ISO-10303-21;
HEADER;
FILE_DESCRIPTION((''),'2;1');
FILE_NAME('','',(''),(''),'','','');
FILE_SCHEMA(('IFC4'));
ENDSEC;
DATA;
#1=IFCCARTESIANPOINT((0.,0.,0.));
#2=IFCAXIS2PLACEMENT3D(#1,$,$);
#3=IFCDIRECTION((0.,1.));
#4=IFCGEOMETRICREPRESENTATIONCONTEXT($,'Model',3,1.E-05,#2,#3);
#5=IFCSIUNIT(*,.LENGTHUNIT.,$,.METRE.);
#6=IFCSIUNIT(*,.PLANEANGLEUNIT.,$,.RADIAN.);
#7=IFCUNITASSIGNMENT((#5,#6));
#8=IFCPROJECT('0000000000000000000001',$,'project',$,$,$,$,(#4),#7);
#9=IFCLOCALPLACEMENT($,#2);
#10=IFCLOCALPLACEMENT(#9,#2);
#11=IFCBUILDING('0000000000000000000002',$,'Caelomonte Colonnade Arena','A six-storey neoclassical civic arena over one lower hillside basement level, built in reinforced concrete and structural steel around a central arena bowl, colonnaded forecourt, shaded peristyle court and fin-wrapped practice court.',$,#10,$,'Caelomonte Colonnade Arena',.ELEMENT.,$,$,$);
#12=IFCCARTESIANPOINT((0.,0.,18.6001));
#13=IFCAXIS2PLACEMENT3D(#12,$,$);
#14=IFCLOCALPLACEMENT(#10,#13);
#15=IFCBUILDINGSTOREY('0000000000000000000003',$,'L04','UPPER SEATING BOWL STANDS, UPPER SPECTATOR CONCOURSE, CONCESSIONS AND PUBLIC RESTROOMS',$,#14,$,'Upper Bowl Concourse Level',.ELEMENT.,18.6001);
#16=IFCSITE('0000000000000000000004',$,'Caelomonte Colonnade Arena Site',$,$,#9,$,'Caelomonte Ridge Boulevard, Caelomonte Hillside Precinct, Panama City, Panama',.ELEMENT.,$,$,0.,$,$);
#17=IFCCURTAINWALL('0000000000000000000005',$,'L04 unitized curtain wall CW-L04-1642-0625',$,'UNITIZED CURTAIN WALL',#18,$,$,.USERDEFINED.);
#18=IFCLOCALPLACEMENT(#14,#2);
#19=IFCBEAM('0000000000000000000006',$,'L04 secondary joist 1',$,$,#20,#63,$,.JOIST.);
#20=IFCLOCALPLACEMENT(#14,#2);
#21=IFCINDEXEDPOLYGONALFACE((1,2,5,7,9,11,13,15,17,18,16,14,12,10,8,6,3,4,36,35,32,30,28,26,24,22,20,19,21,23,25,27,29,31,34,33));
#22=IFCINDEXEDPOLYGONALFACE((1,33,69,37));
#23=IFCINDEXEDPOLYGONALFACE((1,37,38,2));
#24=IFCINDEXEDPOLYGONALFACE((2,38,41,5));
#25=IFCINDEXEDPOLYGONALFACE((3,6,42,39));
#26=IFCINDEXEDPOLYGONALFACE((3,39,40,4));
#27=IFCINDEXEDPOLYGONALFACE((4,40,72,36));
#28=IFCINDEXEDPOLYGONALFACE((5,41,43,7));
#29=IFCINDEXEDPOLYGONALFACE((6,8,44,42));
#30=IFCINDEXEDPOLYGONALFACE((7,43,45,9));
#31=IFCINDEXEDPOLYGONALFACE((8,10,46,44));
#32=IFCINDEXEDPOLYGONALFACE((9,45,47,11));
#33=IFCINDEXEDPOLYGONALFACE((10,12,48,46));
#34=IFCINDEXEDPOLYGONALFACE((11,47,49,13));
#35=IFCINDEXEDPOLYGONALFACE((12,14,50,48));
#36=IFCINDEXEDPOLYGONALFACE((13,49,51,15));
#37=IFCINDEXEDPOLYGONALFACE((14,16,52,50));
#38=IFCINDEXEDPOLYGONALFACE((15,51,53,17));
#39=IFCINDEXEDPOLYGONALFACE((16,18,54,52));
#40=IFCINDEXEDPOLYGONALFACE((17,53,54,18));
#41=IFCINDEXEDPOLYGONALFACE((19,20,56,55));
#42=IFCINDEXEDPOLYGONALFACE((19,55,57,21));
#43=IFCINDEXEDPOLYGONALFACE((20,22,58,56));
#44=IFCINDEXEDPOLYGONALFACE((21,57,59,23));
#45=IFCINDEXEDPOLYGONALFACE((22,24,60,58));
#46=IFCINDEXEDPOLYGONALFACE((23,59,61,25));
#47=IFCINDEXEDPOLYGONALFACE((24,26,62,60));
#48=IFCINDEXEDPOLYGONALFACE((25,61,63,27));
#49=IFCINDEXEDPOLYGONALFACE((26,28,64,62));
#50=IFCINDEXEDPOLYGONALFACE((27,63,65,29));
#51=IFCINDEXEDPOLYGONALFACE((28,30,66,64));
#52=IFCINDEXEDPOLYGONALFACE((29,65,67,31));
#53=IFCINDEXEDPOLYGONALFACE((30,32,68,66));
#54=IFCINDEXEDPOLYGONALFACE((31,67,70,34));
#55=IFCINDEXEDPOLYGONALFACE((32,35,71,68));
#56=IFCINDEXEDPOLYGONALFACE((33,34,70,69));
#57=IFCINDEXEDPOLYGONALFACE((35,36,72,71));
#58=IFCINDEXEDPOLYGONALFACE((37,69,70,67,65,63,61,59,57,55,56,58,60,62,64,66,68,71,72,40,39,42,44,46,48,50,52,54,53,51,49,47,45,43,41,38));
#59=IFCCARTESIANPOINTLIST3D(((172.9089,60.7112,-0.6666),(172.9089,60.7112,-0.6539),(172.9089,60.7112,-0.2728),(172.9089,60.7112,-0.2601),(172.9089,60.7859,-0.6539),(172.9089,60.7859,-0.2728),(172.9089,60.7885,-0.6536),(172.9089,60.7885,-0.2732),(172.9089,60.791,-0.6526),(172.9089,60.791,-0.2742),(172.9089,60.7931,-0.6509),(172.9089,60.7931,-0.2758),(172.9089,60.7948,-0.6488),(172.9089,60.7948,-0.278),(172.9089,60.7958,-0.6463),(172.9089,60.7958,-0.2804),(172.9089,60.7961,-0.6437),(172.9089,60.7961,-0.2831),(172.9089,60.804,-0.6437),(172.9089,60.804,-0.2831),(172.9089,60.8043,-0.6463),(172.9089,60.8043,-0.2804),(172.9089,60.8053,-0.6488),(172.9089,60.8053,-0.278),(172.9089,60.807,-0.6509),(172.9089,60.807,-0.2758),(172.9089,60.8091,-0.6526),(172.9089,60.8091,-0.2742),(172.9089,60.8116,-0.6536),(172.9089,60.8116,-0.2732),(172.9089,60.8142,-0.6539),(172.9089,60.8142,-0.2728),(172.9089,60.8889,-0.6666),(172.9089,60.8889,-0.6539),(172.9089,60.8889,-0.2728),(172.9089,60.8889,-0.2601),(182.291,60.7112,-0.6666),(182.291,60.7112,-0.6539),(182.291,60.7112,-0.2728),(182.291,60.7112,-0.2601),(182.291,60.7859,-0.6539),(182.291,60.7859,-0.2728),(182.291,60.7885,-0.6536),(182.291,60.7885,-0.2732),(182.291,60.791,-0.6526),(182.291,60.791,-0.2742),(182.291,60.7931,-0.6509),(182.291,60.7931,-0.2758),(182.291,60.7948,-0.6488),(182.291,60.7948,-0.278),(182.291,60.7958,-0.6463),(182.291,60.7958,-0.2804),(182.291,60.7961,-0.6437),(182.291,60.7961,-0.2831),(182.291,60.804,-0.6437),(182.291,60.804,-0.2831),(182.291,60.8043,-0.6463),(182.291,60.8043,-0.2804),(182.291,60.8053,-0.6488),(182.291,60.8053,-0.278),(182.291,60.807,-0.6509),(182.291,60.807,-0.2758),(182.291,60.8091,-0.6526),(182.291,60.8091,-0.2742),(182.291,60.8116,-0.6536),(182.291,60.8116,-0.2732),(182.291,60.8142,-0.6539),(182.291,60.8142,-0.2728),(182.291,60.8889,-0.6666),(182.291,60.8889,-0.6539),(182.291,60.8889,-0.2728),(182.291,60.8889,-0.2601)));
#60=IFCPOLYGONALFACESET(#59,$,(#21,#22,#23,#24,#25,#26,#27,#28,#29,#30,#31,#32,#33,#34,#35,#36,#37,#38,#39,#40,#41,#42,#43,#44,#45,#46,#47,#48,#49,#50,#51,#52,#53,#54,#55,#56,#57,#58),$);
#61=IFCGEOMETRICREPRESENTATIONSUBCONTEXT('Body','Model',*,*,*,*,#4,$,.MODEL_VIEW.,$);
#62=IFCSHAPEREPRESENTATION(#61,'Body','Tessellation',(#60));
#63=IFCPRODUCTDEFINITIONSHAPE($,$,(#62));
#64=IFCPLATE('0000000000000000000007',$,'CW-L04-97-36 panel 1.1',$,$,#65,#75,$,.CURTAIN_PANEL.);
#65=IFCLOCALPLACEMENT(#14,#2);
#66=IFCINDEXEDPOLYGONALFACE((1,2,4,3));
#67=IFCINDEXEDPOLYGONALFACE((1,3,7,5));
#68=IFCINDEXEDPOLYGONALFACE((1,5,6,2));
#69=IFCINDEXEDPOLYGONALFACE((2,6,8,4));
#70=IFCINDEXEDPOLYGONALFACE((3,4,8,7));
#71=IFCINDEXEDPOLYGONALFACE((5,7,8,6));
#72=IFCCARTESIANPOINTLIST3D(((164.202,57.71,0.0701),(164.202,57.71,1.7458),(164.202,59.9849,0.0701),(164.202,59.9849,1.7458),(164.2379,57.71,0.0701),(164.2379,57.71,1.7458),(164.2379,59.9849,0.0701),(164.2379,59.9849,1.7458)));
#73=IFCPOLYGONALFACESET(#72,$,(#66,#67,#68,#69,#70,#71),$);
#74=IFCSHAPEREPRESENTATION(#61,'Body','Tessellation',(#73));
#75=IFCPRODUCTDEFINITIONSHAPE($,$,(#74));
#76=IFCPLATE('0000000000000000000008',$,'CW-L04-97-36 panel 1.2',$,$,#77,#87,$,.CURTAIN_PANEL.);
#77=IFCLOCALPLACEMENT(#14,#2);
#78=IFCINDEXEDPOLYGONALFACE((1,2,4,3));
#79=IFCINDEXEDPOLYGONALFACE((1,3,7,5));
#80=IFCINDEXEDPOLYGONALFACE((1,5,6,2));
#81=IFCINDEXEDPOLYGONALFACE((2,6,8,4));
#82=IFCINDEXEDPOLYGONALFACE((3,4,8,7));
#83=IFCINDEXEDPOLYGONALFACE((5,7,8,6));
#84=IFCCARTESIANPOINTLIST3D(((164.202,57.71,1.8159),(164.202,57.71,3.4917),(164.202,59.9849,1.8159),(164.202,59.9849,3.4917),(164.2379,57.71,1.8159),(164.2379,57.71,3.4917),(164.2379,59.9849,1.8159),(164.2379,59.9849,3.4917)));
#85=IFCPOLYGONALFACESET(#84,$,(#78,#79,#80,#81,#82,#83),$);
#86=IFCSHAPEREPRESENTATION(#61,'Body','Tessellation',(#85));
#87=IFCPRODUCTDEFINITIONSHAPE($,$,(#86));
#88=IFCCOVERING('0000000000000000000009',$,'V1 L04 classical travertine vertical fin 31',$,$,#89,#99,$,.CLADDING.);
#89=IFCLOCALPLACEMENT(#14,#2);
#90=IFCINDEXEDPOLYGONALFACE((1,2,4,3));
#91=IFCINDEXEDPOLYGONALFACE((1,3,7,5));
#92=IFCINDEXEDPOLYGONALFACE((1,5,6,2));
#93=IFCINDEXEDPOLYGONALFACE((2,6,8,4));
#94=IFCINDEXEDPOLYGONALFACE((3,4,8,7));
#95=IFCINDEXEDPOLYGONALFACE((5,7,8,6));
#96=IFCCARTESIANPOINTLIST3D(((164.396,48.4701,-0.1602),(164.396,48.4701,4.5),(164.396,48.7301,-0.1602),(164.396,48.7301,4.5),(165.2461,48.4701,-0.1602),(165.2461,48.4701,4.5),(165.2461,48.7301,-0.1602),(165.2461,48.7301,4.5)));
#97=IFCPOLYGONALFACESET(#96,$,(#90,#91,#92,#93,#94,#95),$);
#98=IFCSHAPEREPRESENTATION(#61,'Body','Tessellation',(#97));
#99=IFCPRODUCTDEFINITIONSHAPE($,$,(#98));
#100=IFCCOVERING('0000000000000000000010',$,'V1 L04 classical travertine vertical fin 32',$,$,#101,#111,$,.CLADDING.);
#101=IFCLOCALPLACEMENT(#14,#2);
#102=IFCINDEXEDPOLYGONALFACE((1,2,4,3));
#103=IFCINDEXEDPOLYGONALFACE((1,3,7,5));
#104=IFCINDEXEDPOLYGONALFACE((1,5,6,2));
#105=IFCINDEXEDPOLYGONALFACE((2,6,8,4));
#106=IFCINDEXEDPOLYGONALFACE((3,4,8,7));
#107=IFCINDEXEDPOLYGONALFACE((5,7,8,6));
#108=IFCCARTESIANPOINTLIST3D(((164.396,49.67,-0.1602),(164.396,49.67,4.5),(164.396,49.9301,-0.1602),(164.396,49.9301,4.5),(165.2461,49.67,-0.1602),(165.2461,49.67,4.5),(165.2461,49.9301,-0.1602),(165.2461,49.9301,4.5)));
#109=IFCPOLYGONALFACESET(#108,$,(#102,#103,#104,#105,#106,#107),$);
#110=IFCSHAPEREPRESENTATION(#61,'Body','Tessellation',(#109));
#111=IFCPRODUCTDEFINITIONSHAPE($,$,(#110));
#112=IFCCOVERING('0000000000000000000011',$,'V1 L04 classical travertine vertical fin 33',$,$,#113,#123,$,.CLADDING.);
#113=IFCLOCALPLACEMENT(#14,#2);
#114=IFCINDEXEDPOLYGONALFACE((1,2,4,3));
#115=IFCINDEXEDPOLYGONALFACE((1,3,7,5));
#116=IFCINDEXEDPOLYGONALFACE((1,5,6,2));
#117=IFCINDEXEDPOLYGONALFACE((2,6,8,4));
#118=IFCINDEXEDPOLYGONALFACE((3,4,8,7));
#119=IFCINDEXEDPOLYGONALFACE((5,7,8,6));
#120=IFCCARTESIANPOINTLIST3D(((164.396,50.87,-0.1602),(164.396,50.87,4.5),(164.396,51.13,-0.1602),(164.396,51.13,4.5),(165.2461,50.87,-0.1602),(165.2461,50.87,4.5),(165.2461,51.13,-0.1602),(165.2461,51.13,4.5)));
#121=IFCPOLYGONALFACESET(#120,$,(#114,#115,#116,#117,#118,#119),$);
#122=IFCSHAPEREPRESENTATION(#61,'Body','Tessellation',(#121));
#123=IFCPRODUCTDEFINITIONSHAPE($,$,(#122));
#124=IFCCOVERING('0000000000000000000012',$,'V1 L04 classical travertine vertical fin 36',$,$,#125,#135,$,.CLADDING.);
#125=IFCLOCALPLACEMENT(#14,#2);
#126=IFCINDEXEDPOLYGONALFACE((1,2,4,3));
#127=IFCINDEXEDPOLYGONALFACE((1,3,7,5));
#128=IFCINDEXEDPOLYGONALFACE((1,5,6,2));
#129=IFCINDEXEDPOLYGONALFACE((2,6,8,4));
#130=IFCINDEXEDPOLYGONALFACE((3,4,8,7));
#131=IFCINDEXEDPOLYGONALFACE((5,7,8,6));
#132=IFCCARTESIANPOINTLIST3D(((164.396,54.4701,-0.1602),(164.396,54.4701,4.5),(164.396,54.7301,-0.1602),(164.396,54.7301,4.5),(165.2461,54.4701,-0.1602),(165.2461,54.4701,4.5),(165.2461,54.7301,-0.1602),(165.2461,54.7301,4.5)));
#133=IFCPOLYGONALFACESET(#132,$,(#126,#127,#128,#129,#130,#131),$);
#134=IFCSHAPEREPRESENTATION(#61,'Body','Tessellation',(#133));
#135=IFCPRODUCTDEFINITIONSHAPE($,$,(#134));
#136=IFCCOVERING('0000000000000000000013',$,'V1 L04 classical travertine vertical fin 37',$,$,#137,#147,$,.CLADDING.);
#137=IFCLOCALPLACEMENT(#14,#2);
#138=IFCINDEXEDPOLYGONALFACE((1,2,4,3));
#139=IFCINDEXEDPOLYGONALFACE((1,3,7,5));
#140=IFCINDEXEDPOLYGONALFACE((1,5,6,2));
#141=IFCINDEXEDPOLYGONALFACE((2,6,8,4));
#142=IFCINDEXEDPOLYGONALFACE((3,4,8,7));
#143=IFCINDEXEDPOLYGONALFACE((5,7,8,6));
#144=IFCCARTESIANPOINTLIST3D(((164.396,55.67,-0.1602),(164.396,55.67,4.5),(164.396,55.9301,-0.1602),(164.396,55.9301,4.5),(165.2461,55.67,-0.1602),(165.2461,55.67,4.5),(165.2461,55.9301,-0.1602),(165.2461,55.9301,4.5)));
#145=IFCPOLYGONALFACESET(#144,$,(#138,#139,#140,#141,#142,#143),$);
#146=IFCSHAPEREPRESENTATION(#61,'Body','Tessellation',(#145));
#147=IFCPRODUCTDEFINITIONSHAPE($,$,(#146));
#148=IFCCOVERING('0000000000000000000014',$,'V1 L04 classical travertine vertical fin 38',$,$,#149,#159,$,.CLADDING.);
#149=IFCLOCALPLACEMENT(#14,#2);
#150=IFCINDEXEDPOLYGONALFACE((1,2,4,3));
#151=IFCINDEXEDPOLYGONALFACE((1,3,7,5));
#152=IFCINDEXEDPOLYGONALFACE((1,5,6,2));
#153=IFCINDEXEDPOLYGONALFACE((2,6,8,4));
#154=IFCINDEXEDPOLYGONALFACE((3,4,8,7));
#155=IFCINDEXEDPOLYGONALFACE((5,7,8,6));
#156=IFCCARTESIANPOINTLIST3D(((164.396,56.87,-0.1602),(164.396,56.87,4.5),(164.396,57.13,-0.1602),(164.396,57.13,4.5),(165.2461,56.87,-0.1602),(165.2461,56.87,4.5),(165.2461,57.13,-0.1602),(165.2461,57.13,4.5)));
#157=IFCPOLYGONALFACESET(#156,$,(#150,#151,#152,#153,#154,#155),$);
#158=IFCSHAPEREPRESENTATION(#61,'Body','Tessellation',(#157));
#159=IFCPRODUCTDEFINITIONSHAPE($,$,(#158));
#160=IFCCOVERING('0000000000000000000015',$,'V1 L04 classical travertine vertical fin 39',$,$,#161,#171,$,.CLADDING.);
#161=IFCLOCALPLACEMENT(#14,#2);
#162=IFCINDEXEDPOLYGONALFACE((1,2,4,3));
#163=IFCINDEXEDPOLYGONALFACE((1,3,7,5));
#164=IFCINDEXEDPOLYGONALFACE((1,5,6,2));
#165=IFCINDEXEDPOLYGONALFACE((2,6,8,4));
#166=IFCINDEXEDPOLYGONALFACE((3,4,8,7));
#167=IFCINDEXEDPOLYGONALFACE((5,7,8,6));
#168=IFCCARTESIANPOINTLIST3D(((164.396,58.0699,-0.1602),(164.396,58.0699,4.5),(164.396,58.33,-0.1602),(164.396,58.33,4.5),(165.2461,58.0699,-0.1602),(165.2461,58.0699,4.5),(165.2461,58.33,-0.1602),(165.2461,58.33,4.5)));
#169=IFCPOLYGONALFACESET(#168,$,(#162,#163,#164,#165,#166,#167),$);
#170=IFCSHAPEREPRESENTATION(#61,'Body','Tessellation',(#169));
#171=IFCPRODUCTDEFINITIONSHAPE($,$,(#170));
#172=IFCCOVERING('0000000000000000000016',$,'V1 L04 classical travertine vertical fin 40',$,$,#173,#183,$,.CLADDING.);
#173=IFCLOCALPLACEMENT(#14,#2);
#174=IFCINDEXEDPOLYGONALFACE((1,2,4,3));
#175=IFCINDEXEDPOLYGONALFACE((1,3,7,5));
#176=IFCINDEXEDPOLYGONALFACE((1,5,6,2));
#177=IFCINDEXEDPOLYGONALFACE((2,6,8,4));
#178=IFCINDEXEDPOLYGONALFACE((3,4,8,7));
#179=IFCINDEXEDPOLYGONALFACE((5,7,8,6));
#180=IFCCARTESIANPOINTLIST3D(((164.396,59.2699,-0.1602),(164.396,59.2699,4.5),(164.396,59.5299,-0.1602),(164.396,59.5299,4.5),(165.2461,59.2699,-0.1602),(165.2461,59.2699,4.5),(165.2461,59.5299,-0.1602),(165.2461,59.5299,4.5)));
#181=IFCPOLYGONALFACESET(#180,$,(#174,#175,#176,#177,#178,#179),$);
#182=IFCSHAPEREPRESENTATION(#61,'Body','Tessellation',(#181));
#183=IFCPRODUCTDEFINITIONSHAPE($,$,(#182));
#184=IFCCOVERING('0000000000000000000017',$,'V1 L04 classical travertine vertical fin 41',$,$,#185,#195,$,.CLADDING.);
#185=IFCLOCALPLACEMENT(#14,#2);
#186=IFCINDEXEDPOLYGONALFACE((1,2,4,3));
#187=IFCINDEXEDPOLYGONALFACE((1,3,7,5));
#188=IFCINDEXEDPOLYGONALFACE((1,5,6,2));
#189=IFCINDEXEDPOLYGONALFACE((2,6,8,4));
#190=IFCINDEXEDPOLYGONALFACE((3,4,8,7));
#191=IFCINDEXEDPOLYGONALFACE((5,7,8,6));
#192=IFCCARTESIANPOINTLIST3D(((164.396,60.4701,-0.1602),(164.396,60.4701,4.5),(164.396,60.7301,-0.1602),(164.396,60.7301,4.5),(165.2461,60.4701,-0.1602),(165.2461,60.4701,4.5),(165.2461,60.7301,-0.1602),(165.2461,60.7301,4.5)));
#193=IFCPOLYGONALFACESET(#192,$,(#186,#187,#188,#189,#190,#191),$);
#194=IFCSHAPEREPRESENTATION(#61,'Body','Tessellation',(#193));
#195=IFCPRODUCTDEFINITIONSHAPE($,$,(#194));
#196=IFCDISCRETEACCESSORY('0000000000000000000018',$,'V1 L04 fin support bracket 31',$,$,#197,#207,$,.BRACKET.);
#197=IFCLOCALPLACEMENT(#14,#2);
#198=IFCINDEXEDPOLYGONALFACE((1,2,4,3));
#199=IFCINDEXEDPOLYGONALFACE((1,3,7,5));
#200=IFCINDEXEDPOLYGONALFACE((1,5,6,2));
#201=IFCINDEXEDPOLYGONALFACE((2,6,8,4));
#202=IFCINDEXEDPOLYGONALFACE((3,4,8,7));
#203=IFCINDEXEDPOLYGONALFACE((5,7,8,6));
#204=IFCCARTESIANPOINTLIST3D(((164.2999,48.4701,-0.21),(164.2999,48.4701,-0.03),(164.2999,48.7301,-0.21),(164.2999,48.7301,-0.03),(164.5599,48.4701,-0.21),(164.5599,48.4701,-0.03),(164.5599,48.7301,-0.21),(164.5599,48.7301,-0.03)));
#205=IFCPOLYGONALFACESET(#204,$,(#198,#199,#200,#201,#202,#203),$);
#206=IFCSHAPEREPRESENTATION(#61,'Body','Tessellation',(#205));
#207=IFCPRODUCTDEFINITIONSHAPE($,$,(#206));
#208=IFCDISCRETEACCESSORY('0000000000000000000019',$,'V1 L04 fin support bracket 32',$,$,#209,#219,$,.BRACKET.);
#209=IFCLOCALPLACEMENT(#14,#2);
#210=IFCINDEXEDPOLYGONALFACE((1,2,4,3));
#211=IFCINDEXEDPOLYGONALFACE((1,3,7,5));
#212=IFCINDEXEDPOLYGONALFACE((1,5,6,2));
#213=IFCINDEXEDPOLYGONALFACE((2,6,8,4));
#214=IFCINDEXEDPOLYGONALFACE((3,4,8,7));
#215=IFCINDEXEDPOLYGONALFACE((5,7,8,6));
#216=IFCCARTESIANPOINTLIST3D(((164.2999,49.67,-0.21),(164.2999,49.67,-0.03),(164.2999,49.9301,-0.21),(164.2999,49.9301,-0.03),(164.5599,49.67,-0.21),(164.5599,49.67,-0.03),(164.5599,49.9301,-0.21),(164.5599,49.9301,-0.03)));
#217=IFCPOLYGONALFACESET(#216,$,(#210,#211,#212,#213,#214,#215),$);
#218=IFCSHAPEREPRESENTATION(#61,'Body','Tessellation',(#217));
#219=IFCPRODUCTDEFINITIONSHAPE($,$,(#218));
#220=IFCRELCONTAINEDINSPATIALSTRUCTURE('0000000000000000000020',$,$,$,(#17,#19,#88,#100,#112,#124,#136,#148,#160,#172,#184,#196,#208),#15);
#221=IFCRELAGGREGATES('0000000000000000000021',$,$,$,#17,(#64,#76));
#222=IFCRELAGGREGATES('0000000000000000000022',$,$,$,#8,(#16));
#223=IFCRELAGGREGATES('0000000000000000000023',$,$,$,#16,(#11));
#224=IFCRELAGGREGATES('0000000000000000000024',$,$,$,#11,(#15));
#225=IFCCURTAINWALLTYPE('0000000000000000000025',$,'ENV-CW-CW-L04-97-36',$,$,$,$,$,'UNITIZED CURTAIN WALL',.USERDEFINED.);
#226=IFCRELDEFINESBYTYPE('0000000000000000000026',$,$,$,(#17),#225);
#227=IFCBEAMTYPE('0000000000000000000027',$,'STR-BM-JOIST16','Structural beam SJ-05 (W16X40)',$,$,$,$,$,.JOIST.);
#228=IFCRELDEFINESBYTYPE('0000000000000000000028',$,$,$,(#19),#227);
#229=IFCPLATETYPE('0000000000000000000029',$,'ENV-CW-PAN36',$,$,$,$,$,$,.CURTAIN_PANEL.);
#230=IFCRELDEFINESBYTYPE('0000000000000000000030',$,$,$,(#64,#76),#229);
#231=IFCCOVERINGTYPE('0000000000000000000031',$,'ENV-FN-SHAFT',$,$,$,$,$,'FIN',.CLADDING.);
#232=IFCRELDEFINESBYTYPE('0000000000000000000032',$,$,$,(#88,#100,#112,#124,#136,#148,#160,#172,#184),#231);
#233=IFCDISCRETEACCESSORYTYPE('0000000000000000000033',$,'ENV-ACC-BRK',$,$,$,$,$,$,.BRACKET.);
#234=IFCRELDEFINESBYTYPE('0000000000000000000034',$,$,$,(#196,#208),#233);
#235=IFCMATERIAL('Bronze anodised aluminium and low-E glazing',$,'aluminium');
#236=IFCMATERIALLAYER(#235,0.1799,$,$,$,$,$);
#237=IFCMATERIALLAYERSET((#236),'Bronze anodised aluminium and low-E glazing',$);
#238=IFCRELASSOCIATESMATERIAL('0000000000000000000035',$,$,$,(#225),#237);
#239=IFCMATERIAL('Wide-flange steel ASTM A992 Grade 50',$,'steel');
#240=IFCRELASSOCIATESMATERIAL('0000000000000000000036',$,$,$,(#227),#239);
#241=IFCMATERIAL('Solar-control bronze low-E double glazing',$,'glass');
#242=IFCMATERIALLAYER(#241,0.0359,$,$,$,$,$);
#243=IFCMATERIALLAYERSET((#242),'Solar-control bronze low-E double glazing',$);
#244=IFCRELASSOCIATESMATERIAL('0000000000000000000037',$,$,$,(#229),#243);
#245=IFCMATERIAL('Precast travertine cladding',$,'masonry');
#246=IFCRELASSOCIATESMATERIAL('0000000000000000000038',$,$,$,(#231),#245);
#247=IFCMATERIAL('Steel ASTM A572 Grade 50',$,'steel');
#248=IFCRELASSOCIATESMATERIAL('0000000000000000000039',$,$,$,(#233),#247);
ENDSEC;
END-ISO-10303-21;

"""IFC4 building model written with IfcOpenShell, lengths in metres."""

from ifc_helpers import new_model, si_unit, direction, frame, origin, origin_2d, place, context, subcontext, project, spatial, rectangle, i_section, extrude, material, layer, layer_set, material_profile, profile_set, type_object, element, aggregate, save


model = new_model("IFC4")

# Units and contexts
model_context = context("Model", 3, precision=1e-05, world=origin(), true_north=direction((0.0, 1.0)))
body_context = subcontext(model_context, "Body", "Model", "MODEL_VIEW")
ifc_project = project(units=[si_unit("LENGTHUNIT", "METRE"), si_unit("PLANEANGLEUNIT", "RADIAN")], contexts=[model_context])

# Site, building, storey
site_placement = place(None, origin())
site = spatial("IfcSite", under=ifc_project, at=site_placement, Name="Caelomonte Colonnade Arena Site", LongName="Caelomonte Ridge Boulevard, Caelomonte Hillside Precinct, Panama City, Panama", CompositionType="ELEMENT", RefElevation=0.0)
building_placement = place(site_placement, origin())
building = spatial("IfcBuilding", under=site, at=building_placement, Name="Caelomonte Colonnade Arena", Description="A six-storey neoclassical civic arena over one lower hillside basement level, built in reinforced concrete and structural steel around a central arena bowl, colonnaded forecourt, shaded peristyle court and fin-wrapped practice court.", LongName="Caelomonte Colonnade Arena", CompositionType="ELEMENT")
storey_placement = place(building_placement, frame((0.0, 0.0, 18.6001)))
storey = spatial("IfcBuildingStorey", under=building, at=storey_placement, Name="L04", Description="UPPER SEATING BOWL STANDS, UPPER SPECTATOR CONCOURSE, CONCESSIONS AND PUBLIC RESTROOMS", LongName="Upper Bowl Concourse Level", CompositionType="ELEMENT", Elevation=18.6001)

# Curtain wall
ifc_material_1 = material(Name="Bronze anodised aluminium and low-E glazing", Category="aluminium")
ifc_layer_1 = layer(ifc_material_1, 0.1799)
ifc_layer_set_1 = layer_set([ifc_layer_1], Name="Bronze anodised aluminium and low-E glazing")
curtain_wall_type = type_object("IfcCurtainWallType", Name="ENV-CW-CW-L04-97-36", ElementType="UNITIZED CURTAIN WALL", PredefinedType="USERDEFINED", material=ifc_layer_set_1)
curtain_wall_placement = place(storey_placement, origin())
curtain_wall = element("IfcCurtainWall", 1, at=curtain_wall_placement, inside=storey, type_object=curtain_wall_type, Name="L04 unitized curtain wall CW-L04-1642-0625", ObjectType="UNITIZED CURTAIN WALL", PredefinedType="USERDEFINED")

# Beam
ifc_material_2 = material(Name="Wide-flange steel ASTM A992 Grade 50", Category="steel")
ifc_material_profile_1 = material_profile(ifc_material_2, i_section(OverallWidth=0.1777, OverallDepth=0.4065, WebThickness=0.0078, FlangeThickness=0.0127, FilletRadius=0.0103, at=origin_2d()), Name="W16X40")
ifc_profile_set_1 = profile_set([ifc_material_profile_1], Name="Wide-flange steel ASTM A992 Grade 50")
beam_type_1 = type_object("IfcBeamType", Name="STR-BM-JOIST16", Description="Structural beam SJ-05 (W16X40)", PredefinedType="JOIST", material=ifc_profile_set_1)
for number, where, z_axis, x_axis, name in (
    (2, (172.9089, 60.8, -0.4634), (1.0, 0.0, 0.0), (0.0, 1.0, 0.0), "L04 secondary joist 1"),
):
    element("IfcBeam", number, at=place(storey_placement, frame(where, z_axis=z_axis, x_axis=x_axis)), inside=storey, type_object=beam_type_1, Name=name, PredefinedType="JOIST", context=body_context, shape_type="SweptSolid", body=[
        extrude(i_section(OverallWidth=0.1777, OverallDepth=0.4065, WebThickness=0.0078, FlangeThickness=0.0127, FilletRadius=0.0103, at=origin_2d()), origin(), (0.0, 0.0, 1.0), 9.3821),
    ])

# Plates
ifc_material_3 = material(Name="Solar-control bronze low-E double glazing", Category="glass")
ifc_layer_2 = layer(ifc_material_3, 0.0359)
ifc_layer_set_2 = layer_set([ifc_layer_2], Name="Solar-control bronze low-E double glazing")
plate_type = type_object("IfcPlateType", Name="ENV-CW-PAN36", PredefinedType="CURTAIN_PANEL", material=ifc_layer_set_2)
plate_1_placement = place(storey_placement, frame((164.22, 58.8474, 0.0701), z_axis=(0.0, 0.0, 1.0), x_axis=(0.0, 1.0, 0.0)))
plate_1 = element("IfcPlate", 3, at=plate_1_placement, type_object=plate_type, Name="CW-L04-97-36 panel 1.1", PredefinedType="CURTAIN_PANEL", context=body_context, shape_type="SweptSolid", body=[
    extrude(rectangle(XDim=2.2749, YDim=0.0359, at=origin_2d()), origin(), (0.0, 0.0, 1.0), 1.6758),
])
plate_2_placement = place(storey_placement, frame((164.22, 58.8474, 1.8159), z_axis=(0.0, 0.0, 1.0), x_axis=(0.0, 1.0, 0.0)))
plate_2 = element("IfcPlate", 4, at=plate_2_placement, type_object=plate_type, Name="CW-L04-97-36 panel 1.2", PredefinedType="CURTAIN_PANEL", context=body_context, shape_type="SweptSolid", body=[
    extrude(rectangle(XDim=2.2749, YDim=0.0359, at=origin_2d()), origin(), (0.0, 0.0, 1.0), 1.6758),
])
aggregate(curtain_wall, [plate_1, plate_2])

# Coverings
ifc_material_4 = material(Name="Precast travertine cladding", Category="masonry")
ifc_material_profile_2 = material_profile(ifc_material_4, rectangle(XDim=0.26, YDim=0.8501, at=origin_2d()), Name="FIN260X850")
ifc_profile_set_2 = profile_set([ifc_material_profile_2], Name="Precast travertine cladding")
covering_type = type_object("IfcCoveringType", Name="ENV-FN-SHAFT", ElementType="FIN", PredefinedType="CLADDING", material=ifc_profile_set_2)
for number, where, z_axis, x_axis, name in (
    (5, (164.821, 48.6001, -0.1602), (0.0, 0.0, 1.0), (0.0, -1.0, 0.0), "V1 L04 classical travertine vertical fin 31"),
    (6, (164.821, 49.8, -0.1602), (0.0, 0.0, 1.0), (0.0, -1.0, 0.0), "V1 L04 classical travertine vertical fin 32"),
    (7, (164.821, 51.0, -0.1602), (0.0, 0.0, 1.0), (0.0, -1.0, 0.0), "V1 L04 classical travertine vertical fin 33"),
    (8, (164.821, 54.6001, -0.1602), (0.0, 0.0, 1.0), (0.0, -1.0, 0.0), "V1 L04 classical travertine vertical fin 36"),
    (9, (164.821, 55.8, -0.1602), (0.0, 0.0, 1.0), (0.0, -1.0, 0.0), "V1 L04 classical travertine vertical fin 37"),
    (10, (164.821, 57.0, -0.1602), (0.0, 0.0, 1.0), (0.0, -1.0, 0.0), "V1 L04 classical travertine vertical fin 38"),
    (11, (164.821, 58.2, -0.1602), (0.0, 0.0, 1.0), (0.0, -1.0, 0.0), "V1 L04 classical travertine vertical fin 39"),
    (12, (164.821, 59.3999, -0.1602), (0.0, 0.0, 1.0), (0.0, -1.0, 0.0), "V1 L04 classical travertine vertical fin 40"),
    (13, (164.821, 60.6001, -0.1602), (0.0, 0.0, 1.0), (0.0, -1.0, 0.0), "V1 L04 classical travertine vertical fin 41"),
):
    element("IfcCovering", number, at=place(storey_placement, frame(where, z_axis=z_axis, x_axis=x_axis)), inside=storey, type_object=covering_type, Name=name, PredefinedType="CLADDING", context=body_context, shape_type="SweptSolid", body=[
        extrude(rectangle(XDim=0.26, YDim=0.8501, at=origin_2d()), origin(), (0.0, 0.0, 1.0), 4.6602),
    ])

# Discrete accessories
ifc_material_5 = material(Name="Steel ASTM A572 Grade 50", Category="steel")
discrete_accessory_type = type_object("IfcDiscreteAccessoryType", Name="ENV-ACC-BRK", PredefinedType="BRACKET", material=ifc_material_5)
for number, where, z_axis, x_axis, name in (
    (14, (164.4299, 48.6001, -0.21), (0.0, 0.0, 1.0), (0.0, 1.0, 0.0), "V1 L04 fin support bracket 31"),
    (15, (164.4299, 49.8, -0.21), (0.0, 0.0, 1.0), (0.0, 1.0, 0.0), "V1 L04 fin support bracket 32"),
):
    element("IfcDiscreteAccessory", number, at=place(storey_placement, frame(where, z_axis=z_axis, x_axis=x_axis)), inside=storey, type_object=discrete_accessory_type, Name=name, PredefinedType="BRACKET", context=body_context, shape_type="SweptSolid", body=[
        extrude(rectangle(XDim=0.26, YDim=0.26, at=origin_2d()), origin(), (0.0, 0.0, 1.0), 0.1799),
    ])

save(model, "model.ifc")
